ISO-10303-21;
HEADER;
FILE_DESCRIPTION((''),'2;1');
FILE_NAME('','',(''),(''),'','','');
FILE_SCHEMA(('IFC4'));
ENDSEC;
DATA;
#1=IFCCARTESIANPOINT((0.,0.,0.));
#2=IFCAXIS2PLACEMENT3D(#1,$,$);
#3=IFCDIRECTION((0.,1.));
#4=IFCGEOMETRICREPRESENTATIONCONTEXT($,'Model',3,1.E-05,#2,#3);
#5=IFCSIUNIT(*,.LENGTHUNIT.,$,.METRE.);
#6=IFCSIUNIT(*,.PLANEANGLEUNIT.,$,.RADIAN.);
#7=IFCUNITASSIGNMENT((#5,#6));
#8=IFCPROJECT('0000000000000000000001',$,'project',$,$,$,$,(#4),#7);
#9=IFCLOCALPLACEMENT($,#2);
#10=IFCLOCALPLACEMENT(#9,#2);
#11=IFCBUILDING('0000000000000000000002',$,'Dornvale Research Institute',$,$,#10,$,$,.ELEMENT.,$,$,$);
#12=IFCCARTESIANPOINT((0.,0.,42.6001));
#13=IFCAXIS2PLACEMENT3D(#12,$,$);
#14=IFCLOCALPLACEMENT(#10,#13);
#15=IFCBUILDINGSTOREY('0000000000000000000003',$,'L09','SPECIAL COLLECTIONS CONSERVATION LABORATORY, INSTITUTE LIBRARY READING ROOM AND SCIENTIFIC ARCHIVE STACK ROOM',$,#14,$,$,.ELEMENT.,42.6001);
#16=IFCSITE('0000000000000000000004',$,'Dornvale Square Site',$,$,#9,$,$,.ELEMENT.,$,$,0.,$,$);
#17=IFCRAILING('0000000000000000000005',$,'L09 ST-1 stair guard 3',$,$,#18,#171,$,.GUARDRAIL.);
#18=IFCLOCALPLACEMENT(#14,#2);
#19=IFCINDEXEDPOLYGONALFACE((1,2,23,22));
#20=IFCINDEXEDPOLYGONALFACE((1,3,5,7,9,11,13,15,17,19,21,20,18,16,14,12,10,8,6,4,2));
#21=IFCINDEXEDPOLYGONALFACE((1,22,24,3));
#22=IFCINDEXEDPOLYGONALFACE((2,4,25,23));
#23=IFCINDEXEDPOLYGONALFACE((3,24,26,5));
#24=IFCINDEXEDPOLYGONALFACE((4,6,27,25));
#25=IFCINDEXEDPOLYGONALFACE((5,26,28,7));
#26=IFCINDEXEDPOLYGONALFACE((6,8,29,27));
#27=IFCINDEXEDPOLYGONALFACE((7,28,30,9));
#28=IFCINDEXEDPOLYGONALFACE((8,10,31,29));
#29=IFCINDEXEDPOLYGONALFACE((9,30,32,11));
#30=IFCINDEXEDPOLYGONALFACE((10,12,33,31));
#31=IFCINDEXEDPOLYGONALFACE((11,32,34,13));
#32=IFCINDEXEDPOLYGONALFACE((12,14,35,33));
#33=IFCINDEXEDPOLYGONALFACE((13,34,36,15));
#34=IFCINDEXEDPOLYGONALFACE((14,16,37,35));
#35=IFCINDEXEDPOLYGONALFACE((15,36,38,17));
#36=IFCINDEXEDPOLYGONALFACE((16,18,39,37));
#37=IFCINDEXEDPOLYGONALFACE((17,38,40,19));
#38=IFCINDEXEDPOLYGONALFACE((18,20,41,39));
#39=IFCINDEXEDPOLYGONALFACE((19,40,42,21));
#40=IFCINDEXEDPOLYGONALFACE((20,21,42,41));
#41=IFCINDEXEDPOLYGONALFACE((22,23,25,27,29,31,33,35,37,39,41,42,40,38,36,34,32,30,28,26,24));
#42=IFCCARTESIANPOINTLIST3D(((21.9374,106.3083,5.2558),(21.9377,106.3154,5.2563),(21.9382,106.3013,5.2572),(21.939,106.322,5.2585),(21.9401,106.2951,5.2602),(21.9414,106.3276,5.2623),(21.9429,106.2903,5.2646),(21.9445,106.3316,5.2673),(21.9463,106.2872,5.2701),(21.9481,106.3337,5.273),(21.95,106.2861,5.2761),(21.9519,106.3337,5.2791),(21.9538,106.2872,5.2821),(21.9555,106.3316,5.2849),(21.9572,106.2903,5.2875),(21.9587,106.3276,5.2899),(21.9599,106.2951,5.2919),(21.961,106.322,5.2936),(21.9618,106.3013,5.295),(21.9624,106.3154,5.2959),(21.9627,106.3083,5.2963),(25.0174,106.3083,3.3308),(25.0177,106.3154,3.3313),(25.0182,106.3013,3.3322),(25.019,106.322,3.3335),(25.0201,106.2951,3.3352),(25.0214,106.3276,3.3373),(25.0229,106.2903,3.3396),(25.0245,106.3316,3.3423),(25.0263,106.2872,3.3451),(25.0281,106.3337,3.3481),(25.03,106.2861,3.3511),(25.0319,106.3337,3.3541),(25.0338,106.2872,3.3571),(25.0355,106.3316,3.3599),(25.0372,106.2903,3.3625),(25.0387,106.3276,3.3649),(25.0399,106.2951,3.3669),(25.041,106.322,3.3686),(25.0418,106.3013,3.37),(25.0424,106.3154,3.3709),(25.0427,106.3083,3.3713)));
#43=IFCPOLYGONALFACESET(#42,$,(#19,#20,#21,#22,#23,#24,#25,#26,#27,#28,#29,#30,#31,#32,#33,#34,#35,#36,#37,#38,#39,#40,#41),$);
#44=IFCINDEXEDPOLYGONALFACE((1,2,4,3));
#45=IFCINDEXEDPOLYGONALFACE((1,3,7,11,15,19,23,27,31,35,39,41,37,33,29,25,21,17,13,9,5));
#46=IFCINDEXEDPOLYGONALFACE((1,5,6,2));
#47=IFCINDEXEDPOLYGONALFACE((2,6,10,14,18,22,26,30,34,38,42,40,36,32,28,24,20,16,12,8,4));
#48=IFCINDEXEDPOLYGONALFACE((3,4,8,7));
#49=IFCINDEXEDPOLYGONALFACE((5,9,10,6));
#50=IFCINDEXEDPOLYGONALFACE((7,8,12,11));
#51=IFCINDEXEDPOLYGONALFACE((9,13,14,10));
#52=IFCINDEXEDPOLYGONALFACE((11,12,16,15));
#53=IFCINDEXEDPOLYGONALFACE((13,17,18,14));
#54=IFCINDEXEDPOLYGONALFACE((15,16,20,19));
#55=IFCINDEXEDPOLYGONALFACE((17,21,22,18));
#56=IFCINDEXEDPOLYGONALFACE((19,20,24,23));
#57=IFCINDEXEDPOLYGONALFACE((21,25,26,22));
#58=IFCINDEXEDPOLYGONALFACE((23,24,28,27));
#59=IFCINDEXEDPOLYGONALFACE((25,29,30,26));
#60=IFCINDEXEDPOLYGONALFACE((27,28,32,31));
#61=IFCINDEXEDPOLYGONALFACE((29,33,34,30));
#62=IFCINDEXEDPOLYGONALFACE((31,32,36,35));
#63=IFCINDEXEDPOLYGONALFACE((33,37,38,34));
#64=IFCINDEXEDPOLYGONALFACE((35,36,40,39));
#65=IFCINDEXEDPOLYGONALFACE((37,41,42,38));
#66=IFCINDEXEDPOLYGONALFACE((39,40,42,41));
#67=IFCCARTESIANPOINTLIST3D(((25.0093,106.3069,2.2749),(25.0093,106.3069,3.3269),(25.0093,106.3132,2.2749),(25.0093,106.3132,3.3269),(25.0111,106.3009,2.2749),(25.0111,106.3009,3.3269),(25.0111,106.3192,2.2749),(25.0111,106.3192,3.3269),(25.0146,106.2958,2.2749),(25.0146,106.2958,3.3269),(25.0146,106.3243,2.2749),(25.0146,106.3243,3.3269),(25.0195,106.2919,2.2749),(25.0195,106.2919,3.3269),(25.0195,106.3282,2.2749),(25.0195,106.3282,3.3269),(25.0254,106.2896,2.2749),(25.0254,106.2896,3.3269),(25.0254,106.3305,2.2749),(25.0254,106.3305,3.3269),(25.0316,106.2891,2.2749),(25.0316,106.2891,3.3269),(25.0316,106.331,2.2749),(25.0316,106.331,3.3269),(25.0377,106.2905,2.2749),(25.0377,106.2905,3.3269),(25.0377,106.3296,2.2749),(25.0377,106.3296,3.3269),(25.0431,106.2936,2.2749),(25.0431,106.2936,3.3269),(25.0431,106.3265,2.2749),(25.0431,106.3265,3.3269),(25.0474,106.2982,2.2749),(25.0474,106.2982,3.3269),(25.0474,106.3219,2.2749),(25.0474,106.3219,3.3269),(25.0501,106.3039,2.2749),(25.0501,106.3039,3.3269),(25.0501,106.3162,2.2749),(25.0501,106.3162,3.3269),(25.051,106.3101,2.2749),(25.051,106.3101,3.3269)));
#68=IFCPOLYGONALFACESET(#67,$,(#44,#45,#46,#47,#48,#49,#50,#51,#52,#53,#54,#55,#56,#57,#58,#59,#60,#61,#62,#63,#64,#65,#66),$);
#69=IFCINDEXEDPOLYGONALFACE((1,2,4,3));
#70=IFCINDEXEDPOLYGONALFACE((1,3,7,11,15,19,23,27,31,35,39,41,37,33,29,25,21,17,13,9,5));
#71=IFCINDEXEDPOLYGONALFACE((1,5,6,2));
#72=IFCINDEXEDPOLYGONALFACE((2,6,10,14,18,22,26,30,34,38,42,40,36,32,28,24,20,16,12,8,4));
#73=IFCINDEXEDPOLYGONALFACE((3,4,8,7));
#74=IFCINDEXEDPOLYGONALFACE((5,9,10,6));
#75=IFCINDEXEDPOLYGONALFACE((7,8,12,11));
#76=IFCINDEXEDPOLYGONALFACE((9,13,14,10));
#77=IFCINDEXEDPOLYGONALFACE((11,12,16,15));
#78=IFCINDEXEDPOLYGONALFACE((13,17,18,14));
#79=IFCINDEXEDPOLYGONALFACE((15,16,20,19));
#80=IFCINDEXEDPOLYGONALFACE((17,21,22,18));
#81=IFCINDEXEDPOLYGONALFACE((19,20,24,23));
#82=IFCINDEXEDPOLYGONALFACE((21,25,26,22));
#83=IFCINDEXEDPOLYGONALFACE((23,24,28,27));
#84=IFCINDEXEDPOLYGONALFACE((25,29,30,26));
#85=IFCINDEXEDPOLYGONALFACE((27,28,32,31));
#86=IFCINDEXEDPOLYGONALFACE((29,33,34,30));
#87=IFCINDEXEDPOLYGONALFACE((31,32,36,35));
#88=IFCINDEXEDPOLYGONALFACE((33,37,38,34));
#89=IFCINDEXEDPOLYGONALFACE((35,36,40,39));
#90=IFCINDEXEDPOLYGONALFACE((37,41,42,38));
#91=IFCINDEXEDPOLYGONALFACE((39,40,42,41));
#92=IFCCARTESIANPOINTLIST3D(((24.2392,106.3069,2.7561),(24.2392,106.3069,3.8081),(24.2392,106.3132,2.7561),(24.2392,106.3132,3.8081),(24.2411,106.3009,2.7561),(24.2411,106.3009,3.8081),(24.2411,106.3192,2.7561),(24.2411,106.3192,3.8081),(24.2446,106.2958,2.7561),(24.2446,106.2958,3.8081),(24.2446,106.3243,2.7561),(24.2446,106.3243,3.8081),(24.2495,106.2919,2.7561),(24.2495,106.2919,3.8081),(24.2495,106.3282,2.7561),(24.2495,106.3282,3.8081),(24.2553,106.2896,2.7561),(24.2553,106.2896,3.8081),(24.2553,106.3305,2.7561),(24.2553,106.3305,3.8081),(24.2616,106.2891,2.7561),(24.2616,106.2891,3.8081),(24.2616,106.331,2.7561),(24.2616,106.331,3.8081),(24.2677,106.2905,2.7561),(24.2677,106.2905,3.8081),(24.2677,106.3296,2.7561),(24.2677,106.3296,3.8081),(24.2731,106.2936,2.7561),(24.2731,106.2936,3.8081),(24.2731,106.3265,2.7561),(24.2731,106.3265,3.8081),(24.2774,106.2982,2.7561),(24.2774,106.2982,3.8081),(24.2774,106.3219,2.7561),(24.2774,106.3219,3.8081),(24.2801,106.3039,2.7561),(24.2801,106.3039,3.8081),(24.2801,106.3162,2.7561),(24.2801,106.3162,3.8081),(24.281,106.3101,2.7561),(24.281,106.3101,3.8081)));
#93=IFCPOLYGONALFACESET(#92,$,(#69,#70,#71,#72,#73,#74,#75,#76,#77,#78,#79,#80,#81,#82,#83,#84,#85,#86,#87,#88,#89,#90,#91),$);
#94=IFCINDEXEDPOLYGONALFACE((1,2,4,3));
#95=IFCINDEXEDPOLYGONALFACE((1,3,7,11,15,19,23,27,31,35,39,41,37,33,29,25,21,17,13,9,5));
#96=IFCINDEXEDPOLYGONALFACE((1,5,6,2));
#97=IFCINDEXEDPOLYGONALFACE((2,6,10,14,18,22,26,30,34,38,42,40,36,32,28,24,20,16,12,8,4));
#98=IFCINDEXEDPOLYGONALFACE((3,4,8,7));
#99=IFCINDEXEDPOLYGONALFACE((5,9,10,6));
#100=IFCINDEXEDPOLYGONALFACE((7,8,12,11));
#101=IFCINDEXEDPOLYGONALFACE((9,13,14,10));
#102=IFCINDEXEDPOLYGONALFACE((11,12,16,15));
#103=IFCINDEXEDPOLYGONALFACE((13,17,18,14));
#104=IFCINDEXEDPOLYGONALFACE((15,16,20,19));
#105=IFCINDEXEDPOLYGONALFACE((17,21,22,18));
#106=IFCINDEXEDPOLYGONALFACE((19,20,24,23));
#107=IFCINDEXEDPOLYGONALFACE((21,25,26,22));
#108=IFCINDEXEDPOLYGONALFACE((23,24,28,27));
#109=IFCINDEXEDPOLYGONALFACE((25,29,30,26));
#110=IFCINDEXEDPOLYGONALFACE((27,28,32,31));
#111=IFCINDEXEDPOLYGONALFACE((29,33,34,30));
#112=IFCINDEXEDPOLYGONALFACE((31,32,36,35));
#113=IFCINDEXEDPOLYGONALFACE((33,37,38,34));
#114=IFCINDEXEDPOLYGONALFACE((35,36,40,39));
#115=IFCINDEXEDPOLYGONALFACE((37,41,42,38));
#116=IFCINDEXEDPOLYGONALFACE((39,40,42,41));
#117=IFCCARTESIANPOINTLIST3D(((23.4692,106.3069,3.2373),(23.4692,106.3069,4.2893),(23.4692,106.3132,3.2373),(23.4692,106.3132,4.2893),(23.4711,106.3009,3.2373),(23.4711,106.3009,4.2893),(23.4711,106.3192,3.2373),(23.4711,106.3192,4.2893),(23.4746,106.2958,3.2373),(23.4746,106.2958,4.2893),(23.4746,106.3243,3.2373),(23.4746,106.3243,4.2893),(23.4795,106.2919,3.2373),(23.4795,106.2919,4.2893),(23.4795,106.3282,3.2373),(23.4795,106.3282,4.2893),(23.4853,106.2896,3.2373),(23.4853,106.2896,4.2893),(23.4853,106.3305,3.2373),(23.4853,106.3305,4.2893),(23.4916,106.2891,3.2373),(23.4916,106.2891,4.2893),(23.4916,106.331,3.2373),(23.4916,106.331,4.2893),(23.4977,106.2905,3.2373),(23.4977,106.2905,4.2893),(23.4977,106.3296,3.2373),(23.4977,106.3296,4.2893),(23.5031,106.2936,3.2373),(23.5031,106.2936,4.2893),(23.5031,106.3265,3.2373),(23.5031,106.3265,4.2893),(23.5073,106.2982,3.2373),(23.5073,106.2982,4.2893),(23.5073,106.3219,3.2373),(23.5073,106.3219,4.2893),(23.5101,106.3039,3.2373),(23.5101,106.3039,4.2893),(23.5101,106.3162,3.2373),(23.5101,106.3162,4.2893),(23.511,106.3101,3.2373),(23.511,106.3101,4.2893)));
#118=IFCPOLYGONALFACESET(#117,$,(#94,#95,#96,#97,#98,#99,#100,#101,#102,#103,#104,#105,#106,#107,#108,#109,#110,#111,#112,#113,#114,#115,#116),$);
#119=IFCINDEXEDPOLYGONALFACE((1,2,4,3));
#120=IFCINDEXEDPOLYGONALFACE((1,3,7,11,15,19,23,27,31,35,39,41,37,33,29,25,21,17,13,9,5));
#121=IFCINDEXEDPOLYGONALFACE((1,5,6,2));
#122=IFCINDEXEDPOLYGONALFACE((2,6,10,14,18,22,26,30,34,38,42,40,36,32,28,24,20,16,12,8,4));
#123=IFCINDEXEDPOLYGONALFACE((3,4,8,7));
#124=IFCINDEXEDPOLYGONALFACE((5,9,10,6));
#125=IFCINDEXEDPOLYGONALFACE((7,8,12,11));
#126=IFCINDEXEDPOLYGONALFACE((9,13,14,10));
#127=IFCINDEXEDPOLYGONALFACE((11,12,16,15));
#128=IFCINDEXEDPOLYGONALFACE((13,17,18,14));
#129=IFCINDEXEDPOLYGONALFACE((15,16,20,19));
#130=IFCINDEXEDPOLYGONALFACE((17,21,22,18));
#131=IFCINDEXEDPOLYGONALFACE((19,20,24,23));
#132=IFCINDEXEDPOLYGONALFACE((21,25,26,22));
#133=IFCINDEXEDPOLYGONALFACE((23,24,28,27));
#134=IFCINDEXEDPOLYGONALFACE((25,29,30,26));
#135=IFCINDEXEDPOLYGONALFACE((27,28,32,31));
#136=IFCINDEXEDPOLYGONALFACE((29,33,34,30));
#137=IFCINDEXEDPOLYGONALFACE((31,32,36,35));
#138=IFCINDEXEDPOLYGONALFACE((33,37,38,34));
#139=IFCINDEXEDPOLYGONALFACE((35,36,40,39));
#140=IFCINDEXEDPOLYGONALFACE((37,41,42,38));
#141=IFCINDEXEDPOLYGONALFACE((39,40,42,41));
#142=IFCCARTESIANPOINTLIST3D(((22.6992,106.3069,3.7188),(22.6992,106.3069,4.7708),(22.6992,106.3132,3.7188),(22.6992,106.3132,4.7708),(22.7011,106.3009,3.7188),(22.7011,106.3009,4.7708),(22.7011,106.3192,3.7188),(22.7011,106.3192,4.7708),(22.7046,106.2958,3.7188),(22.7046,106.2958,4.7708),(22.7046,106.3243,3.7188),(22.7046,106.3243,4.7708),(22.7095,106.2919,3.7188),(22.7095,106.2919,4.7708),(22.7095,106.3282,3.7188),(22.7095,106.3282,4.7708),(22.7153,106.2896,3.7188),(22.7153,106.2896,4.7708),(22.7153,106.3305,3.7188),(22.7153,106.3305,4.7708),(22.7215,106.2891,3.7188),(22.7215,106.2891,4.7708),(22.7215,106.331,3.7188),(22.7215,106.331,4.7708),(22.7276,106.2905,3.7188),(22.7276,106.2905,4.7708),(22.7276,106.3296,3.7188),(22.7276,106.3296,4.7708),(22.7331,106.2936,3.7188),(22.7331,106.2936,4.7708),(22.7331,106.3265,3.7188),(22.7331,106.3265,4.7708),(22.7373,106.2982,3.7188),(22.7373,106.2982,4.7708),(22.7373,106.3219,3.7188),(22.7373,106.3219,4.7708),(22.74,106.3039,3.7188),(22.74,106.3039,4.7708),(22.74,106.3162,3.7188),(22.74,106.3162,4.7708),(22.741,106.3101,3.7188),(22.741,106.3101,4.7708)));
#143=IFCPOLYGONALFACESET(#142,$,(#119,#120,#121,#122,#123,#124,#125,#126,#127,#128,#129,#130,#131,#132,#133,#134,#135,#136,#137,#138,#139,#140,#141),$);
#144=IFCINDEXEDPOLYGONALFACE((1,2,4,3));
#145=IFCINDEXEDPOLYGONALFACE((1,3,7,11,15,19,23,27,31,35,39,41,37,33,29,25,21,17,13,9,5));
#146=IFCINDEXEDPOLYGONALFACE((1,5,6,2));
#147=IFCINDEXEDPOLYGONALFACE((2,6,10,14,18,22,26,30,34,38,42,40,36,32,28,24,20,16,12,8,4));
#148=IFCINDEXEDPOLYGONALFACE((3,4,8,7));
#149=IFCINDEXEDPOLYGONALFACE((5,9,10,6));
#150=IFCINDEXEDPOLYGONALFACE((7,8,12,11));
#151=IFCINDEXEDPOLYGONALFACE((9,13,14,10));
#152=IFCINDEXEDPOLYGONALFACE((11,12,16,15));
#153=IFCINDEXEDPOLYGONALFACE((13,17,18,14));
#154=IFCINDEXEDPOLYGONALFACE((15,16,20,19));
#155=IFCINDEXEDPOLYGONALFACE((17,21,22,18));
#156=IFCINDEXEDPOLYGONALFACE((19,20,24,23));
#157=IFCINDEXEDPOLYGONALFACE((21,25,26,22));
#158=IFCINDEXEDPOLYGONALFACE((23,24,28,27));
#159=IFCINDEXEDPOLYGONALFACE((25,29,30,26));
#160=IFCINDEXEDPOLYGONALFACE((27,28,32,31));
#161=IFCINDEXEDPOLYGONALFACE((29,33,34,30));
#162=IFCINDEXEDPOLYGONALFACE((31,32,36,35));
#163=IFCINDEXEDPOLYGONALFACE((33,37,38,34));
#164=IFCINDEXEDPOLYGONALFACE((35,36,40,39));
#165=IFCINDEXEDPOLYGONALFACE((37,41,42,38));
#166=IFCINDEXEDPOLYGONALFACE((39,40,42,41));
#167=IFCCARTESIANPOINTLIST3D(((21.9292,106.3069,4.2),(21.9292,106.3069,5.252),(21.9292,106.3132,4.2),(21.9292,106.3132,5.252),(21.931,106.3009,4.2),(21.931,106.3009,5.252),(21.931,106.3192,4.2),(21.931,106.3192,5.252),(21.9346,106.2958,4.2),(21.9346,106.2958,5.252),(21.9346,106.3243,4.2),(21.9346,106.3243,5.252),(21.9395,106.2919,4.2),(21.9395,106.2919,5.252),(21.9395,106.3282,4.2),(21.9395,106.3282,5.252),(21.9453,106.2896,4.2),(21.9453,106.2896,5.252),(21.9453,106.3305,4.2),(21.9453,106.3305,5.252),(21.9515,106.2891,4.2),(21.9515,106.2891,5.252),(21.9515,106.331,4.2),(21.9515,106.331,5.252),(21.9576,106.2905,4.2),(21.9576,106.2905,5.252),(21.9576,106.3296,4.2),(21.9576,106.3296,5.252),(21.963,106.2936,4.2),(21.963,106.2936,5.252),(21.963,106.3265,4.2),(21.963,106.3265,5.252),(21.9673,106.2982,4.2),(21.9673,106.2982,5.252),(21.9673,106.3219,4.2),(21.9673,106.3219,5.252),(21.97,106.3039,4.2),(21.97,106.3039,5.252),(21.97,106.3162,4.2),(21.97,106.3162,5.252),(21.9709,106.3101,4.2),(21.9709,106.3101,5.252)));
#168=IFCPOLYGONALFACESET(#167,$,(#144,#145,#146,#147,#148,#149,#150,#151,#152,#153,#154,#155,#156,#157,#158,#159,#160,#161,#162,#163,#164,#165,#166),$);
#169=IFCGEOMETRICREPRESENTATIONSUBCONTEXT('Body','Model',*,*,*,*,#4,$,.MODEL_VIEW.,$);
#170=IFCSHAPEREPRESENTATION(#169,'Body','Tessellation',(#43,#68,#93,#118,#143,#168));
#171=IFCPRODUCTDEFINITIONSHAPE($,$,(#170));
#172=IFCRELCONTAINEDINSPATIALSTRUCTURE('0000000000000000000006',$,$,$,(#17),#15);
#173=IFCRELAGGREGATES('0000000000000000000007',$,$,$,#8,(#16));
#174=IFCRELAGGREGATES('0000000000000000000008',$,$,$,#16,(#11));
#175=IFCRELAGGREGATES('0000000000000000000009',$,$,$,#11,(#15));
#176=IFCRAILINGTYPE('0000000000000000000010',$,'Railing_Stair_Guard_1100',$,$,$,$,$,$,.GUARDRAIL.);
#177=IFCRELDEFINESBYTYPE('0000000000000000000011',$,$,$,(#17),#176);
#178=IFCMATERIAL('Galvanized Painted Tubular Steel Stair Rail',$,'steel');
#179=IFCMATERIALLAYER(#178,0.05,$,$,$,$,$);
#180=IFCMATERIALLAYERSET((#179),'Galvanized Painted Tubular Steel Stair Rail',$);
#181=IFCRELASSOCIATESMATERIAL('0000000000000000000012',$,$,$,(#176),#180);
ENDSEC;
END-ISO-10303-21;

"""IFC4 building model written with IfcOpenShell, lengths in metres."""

from ifc_helpers import new_model, si_unit, direction, frame, origin, origin_2d, place, context, subcontext, project, spatial, circle, extrude, material, layer, layer_set, type_object, element, save


model = new_model("IFC4")

# Units and contexts
model_context = context("Model", 3, precision=1e-05, world=origin(), true_north=direction((0.0, 1.0)))
body_context = subcontext(model_context, "Body", "Model", "MODEL_VIEW")
ifc_project = project(units=[si_unit("LENGTHUNIT", "METRE"), si_unit("PLANEANGLEUNIT", "RADIAN")], contexts=[model_context])

# Site, building, storey
site_placement = place(None, origin())
site = spatial("IfcSite", under=ifc_project, at=site_placement, Name="Dornvale Square Site", CompositionType="ELEMENT", RefElevation=0.0)
building_placement = place(site_placement, origin())
building = spatial("IfcBuilding", under=site, at=building_placement, Name="Dornvale Research Institute", CompositionType="ELEMENT")
storey_placement = place(building_placement, frame((0.0, 0.0, 42.6001)))
storey = spatial("IfcBuildingStorey", under=building, at=storey_placement, Name="L09", Description="SPECIAL COLLECTIONS CONSERVATION LABORATORY, INSTITUTE LIBRARY READING ROOM AND SCIENTIFIC ARCHIVE STACK ROOM", CompositionType="ELEMENT", Elevation=42.6001)

# Railing
ifc_material_1 = material(Name="Galvanized Painted Tubular Steel Stair Rail", Category="steel")
ifc_layer_1 = layer(ifc_material_1, 0.05)
ifc_layer_set_1 = layer_set([ifc_layer_1], Name="Galvanized Painted Tubular Steel Stair Rail")
railing_type_1 = type_object("IfcRailingType", Name="Railing_Stair_Guard_1100", PredefinedType="GUARDRAIL", material=ifc_layer_set_1)
railing_1_placement = place(storey_placement, frame((25.03, 106.3101, 2.2749)))
element("IfcRailing", 1, at=railing_1_placement, inside=storey, type_object=railing_type_1, Name="L09 ST-1 stair guard 3", PredefinedType="GUARDRAIL", context=body_context, shape_type="SweptSolid", body=[
    extrude(circle(Radius=0.0239, at=origin_2d()), frame((0.0, 0.0, 1.0762), z_axis=(-0.847998, 0.0, 0.529999), x_axis=(0.0, -1.0, 0.0)), (0.0, 0.0, 1.0), 3.6321),
    extrude(circle(Radius=0.021, at=origin_2d()), origin(), (0.0, 0.0, 1.0), 1.052),
    extrude(circle(Radius=0.021, at=origin_2d()), frame((-0.77, 0.0, 0.4812)), (0.0, 0.0, 1.0), 1.052),
    extrude(circle(Radius=0.021, at=origin_2d()), frame((-1.54, 0.0, 0.9624)), (0.0, 0.0, 1.0), 1.052),
    extrude(circle(Radius=0.021, at=origin_2d()), frame((-2.3101, 0.0, 1.4438)), (0.0, 0.0, 1.0), 1.052),
    extrude(circle(Radius=0.021, at=origin_2d()), frame((-3.0801, 0.0, 1.925)), (0.0, 0.0, 1.0), 1.052),
])

save(model, "model.ifc")
